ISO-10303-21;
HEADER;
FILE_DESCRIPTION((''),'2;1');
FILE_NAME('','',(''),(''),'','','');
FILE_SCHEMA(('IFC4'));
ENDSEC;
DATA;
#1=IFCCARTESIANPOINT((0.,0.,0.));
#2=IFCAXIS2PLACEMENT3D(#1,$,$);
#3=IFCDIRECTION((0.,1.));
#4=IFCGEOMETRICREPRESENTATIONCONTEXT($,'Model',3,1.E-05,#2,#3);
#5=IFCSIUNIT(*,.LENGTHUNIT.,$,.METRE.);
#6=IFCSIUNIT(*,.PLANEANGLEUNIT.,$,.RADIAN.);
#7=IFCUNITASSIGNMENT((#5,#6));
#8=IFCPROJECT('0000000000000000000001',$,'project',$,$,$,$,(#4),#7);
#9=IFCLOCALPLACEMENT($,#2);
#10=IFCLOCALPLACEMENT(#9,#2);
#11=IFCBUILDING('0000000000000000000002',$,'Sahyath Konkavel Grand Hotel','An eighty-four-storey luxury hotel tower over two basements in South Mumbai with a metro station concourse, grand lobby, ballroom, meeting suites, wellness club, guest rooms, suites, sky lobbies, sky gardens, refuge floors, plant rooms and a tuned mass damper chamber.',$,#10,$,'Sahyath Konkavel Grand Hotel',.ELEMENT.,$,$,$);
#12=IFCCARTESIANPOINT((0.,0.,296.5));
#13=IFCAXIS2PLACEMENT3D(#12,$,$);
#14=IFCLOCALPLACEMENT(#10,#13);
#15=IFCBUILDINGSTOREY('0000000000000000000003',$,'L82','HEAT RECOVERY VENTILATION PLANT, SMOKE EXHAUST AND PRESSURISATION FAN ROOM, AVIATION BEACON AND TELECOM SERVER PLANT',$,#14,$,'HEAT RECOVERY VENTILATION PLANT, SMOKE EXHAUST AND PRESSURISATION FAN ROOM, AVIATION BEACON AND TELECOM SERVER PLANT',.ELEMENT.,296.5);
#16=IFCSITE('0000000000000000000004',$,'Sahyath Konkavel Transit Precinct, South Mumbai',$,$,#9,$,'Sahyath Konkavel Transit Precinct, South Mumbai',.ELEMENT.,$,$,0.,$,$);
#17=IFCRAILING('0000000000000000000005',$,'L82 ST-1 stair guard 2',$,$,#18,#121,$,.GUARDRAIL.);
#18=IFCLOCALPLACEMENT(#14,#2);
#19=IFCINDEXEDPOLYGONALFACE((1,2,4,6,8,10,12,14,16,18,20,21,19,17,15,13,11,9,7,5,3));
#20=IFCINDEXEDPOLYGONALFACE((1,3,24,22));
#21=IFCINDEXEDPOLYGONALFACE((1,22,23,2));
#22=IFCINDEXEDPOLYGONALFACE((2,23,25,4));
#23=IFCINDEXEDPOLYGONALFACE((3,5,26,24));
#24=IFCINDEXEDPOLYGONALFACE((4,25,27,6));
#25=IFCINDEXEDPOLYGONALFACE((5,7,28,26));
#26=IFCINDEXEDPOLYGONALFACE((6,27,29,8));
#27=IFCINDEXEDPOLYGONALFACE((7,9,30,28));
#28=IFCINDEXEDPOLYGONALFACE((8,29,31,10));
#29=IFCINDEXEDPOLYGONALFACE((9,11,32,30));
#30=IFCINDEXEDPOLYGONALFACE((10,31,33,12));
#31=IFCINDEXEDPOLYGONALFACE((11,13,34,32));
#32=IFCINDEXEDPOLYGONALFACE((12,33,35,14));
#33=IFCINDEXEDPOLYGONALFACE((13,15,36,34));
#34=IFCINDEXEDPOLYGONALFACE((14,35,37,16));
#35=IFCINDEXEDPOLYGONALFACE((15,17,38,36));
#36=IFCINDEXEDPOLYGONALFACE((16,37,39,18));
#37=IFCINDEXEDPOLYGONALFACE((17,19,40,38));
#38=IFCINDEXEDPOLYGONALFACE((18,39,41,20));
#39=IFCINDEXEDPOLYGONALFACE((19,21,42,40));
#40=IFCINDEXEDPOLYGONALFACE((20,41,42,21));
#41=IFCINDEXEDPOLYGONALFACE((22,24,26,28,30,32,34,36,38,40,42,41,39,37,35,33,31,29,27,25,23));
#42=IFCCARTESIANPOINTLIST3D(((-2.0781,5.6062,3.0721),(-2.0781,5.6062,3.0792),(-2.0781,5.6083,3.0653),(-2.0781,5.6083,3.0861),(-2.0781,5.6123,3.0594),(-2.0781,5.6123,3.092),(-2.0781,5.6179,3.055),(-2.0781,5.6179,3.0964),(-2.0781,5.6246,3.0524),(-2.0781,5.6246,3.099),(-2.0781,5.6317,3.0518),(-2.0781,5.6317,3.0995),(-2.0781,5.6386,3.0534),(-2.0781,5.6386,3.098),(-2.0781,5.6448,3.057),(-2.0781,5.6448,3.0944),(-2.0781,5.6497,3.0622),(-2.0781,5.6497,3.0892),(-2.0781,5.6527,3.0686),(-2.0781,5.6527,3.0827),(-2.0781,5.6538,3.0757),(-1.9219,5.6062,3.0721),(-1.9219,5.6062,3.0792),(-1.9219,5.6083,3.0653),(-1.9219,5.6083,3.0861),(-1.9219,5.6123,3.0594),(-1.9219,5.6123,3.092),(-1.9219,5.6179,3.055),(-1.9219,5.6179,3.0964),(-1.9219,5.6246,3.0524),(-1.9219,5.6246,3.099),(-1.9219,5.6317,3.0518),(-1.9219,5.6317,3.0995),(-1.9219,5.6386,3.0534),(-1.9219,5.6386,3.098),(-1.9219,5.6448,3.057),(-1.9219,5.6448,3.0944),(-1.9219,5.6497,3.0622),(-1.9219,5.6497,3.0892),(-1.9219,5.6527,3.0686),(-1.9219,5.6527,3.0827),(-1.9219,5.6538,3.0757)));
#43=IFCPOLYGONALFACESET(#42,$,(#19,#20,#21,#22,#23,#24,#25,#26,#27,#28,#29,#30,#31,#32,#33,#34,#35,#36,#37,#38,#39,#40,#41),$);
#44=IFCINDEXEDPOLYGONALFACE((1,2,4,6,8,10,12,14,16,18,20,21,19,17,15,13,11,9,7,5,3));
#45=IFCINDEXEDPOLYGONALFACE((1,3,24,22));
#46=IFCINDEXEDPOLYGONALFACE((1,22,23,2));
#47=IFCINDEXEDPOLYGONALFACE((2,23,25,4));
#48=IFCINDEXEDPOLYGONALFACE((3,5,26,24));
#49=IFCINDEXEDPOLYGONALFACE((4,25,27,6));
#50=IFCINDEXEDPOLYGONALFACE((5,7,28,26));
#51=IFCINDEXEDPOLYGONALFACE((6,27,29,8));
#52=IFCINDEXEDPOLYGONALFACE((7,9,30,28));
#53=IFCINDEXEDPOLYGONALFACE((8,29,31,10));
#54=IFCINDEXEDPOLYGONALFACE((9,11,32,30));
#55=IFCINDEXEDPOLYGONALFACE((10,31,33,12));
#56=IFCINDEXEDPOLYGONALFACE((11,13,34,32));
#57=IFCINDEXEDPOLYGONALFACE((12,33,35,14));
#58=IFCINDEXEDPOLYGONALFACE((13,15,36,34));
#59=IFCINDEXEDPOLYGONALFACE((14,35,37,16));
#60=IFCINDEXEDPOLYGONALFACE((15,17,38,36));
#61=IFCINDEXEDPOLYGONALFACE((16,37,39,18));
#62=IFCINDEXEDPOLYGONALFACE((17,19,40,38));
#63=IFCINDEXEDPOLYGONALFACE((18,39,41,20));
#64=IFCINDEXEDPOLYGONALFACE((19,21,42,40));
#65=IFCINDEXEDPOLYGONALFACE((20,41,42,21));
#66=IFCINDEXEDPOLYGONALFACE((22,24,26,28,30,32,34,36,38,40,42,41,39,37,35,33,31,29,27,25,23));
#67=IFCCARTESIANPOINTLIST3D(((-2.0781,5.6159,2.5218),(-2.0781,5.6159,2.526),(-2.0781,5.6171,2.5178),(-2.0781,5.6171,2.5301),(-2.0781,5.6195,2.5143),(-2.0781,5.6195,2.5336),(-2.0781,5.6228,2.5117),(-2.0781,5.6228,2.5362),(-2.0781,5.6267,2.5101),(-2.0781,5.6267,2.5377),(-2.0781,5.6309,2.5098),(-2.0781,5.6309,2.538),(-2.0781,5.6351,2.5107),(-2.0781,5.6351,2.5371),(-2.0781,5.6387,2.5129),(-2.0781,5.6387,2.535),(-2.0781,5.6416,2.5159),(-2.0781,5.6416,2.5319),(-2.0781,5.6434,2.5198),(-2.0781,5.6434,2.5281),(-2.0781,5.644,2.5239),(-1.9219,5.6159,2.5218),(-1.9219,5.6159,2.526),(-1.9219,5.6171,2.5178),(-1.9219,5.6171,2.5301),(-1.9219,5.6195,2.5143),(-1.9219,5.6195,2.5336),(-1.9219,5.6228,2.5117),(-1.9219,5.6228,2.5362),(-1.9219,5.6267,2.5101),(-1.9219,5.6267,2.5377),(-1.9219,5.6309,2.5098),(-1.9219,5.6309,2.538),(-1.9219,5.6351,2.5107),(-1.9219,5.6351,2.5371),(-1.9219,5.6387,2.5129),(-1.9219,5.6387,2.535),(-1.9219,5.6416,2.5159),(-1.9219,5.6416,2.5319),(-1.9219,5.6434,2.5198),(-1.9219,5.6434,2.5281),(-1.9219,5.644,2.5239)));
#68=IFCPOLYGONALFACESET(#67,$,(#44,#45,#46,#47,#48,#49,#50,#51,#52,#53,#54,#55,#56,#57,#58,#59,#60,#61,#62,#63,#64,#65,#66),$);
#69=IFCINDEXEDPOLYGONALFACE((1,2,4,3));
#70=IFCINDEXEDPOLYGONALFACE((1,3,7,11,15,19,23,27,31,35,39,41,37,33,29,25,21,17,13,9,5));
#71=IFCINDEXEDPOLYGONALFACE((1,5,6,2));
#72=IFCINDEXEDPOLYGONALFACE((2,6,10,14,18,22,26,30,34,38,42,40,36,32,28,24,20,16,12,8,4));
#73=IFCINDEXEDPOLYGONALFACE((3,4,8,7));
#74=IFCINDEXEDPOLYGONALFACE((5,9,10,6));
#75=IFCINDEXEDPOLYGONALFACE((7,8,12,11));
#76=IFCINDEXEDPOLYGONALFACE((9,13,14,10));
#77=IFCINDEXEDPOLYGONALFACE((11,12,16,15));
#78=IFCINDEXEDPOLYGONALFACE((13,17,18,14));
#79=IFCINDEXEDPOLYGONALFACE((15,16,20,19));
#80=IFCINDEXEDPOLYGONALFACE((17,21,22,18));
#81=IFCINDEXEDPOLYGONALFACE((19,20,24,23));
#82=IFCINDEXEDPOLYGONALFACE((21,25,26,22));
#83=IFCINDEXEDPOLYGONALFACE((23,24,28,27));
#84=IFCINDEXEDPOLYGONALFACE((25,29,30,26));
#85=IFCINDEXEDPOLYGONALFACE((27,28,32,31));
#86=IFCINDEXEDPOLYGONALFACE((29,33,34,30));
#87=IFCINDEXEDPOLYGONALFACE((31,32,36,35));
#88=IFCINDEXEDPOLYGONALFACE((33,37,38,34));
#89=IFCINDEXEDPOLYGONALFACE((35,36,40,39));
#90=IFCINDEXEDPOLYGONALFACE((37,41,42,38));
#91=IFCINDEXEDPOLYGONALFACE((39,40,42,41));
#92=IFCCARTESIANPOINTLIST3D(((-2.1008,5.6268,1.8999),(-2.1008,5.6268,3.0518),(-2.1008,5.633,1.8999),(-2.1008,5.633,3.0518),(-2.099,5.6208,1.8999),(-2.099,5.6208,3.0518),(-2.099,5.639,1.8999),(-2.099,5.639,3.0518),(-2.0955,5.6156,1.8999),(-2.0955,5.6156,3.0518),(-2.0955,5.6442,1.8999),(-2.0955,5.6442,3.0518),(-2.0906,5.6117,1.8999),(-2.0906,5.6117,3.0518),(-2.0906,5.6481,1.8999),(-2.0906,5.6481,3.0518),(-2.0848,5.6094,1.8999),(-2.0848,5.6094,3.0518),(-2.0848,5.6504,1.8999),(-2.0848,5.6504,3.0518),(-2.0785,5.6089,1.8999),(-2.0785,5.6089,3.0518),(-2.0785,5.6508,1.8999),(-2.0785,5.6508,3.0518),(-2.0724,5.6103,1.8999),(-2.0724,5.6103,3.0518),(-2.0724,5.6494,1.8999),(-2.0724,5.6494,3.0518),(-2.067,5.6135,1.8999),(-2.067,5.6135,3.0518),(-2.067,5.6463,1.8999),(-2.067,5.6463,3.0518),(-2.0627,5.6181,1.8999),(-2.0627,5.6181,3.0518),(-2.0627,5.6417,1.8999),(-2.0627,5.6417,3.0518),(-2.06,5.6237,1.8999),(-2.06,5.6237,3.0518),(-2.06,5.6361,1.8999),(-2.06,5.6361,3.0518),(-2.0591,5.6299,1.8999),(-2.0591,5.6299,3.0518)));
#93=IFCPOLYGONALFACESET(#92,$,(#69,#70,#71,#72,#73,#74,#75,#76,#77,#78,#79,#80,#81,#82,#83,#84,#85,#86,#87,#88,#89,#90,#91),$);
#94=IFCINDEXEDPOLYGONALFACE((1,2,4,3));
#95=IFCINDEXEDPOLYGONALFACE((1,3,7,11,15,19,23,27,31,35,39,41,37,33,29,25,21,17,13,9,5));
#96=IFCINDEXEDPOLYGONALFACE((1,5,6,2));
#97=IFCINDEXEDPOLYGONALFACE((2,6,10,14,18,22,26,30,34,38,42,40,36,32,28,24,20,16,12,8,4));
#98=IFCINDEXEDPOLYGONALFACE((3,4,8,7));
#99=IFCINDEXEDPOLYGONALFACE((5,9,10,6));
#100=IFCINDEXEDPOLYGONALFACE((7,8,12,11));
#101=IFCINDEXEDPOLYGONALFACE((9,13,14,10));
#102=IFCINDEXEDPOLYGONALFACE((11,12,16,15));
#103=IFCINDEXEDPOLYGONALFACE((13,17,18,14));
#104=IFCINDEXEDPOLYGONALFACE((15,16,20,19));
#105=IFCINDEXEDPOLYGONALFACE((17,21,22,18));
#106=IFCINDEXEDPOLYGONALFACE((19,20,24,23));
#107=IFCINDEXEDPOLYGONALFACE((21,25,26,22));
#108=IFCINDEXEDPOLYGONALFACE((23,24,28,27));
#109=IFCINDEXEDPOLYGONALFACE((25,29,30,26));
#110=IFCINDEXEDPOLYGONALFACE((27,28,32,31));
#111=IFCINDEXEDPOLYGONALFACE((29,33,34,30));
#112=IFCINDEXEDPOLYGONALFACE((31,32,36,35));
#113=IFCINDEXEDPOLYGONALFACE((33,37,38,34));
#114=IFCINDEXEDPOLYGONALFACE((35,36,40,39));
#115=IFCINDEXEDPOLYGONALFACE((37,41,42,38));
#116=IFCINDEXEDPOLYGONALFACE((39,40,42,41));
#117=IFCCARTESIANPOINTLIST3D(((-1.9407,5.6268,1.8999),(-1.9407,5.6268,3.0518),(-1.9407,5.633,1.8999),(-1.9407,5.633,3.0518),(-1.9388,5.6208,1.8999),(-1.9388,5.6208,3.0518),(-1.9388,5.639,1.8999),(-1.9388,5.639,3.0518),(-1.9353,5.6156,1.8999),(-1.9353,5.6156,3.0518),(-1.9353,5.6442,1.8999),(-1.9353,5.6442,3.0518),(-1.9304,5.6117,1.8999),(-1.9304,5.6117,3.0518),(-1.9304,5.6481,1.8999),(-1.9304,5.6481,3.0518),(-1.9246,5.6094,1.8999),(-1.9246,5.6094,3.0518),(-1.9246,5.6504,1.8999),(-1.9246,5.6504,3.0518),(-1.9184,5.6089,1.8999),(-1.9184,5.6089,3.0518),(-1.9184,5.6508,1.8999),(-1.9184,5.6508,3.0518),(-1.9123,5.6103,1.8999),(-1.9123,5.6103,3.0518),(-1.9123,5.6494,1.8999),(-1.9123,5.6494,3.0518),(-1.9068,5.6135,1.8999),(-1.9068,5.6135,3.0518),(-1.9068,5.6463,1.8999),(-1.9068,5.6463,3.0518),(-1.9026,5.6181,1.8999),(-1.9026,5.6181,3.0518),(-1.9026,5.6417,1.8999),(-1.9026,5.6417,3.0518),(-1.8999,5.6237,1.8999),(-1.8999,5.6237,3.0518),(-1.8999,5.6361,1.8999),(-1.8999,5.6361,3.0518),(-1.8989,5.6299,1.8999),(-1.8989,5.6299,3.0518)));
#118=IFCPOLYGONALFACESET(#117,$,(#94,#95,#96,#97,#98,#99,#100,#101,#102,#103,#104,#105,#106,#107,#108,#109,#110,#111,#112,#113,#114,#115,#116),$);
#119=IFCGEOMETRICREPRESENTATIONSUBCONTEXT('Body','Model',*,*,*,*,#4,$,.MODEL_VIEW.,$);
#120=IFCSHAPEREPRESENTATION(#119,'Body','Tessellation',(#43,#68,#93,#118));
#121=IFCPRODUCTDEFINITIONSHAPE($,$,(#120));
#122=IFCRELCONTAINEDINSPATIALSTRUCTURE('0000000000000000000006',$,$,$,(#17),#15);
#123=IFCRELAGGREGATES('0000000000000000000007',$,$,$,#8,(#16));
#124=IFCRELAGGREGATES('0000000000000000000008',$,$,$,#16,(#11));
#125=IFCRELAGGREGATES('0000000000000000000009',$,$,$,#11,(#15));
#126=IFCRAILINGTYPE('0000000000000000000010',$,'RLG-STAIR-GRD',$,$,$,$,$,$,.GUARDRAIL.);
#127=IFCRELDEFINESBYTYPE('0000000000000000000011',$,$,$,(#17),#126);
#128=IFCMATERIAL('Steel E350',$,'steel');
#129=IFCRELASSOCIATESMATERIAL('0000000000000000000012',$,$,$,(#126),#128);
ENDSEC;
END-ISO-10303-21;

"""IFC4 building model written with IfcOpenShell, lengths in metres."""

from ifc_helpers import new_model, si_unit, direction, frame, origin, origin_2d, place, context, subcontext, project, spatial, circle, extrude, material, type_object, element, save


model = new_model("IFC4")

# Units and contexts
model_context = context("Model", 3, precision=1e-05, world=origin(), true_north=direction((0.0, 1.0)))
body_context = subcontext(model_context, "Body", "Model", "MODEL_VIEW")
ifc_project = project(units=[si_unit("LENGTHUNIT", "METRE"), si_unit("PLANEANGLEUNIT", "RADIAN")], contexts=[model_context])

# Site, building, storey
site_placement = place(None, origin())
site = spatial("IfcSite", under=ifc_project, at=site_placement, Name="Sahyath Konkavel Transit Precinct, South Mumbai", LongName="Sahyath Konkavel Transit Precinct, South Mumbai", CompositionType="ELEMENT", RefElevation=0.0)
building_placement = place(site_placement, origin())
building = spatial("IfcBuilding", under=site, at=building_placement, Name="Sahyath Konkavel Grand Hotel", Description="An eighty-four-storey luxury hotel tower over two basements in South Mumbai with a metro station concourse, grand lobby, ballroom, meeting suites, wellness club, guest rooms, suites, sky lobbies, sky gardens, refuge floors, plant rooms and a tuned mass damper chamber.", LongName="Sahyath Konkavel Grand Hotel", CompositionType="ELEMENT")
storey_placement = place(building_placement, frame((0.0, 0.0, 296.5)))
storey = spatial("IfcBuildingStorey", under=building, at=storey_placement, Name="L82", Description="HEAT RECOVERY VENTILATION PLANT, SMOKE EXHAUST AND PRESSURISATION FAN ROOM, AVIATION BEACON AND TELECOM SERVER PLANT", LongName="HEAT RECOVERY VENTILATION PLANT, SMOKE EXHAUST AND PRESSURISATION FAN ROOM, AVIATION BEACON AND TELECOM SERVER PLANT", CompositionType="ELEMENT", Elevation=296.5)

# Shared definitions
ifc_material_1 = material(Name="Steel E350", Category="steel")

# Railing
railing_type_1 = type_object("IfcRailingType", Name="RLG-STAIR-GRD", PredefinedType="GUARDRAIL", material=ifc_material_1)
railing_1_placement = place(storey_placement, frame((-2.0801, 5.6299, 1.8999)))
element("IfcRailing", 1, at=railing_1_placement, inside=storey, type_object=railing_type_1, Name="L82 ST-1 stair guard 2", PredefinedType="GUARDRAIL", context=body_context, shape_type="SweptSolid", body=[
    extrude(circle(Radius=0.0239, at=origin_2d()), frame((0.002, 0.0, 1.1758), z_axis=(1.0, 0.0, 0.0), x_axis=(0.0, 1.0, 0.0)), (0.0, 0.0, 1.0), 0.1562),
    extrude(circle(Radius=0.0142, at=origin_2d()), frame((0.002, 0.0, 0.624), z_axis=(1.0, 0.0, 0.0), x_axis=(0.0, 1.0, 0.0)), (0.0, 0.0, 1.0), 0.1562),
    extrude(circle(Radius=0.021, at=origin_2d()), origin(), (0.0, 0.0, 1.0), 1.1519),
    extrude(circle(Radius=0.021, at=origin_2d()), frame((0.1602, 0.0, 0.0)), (0.0, 0.0, 1.0), 1.1519),
])

save(model, "model.ifc")
